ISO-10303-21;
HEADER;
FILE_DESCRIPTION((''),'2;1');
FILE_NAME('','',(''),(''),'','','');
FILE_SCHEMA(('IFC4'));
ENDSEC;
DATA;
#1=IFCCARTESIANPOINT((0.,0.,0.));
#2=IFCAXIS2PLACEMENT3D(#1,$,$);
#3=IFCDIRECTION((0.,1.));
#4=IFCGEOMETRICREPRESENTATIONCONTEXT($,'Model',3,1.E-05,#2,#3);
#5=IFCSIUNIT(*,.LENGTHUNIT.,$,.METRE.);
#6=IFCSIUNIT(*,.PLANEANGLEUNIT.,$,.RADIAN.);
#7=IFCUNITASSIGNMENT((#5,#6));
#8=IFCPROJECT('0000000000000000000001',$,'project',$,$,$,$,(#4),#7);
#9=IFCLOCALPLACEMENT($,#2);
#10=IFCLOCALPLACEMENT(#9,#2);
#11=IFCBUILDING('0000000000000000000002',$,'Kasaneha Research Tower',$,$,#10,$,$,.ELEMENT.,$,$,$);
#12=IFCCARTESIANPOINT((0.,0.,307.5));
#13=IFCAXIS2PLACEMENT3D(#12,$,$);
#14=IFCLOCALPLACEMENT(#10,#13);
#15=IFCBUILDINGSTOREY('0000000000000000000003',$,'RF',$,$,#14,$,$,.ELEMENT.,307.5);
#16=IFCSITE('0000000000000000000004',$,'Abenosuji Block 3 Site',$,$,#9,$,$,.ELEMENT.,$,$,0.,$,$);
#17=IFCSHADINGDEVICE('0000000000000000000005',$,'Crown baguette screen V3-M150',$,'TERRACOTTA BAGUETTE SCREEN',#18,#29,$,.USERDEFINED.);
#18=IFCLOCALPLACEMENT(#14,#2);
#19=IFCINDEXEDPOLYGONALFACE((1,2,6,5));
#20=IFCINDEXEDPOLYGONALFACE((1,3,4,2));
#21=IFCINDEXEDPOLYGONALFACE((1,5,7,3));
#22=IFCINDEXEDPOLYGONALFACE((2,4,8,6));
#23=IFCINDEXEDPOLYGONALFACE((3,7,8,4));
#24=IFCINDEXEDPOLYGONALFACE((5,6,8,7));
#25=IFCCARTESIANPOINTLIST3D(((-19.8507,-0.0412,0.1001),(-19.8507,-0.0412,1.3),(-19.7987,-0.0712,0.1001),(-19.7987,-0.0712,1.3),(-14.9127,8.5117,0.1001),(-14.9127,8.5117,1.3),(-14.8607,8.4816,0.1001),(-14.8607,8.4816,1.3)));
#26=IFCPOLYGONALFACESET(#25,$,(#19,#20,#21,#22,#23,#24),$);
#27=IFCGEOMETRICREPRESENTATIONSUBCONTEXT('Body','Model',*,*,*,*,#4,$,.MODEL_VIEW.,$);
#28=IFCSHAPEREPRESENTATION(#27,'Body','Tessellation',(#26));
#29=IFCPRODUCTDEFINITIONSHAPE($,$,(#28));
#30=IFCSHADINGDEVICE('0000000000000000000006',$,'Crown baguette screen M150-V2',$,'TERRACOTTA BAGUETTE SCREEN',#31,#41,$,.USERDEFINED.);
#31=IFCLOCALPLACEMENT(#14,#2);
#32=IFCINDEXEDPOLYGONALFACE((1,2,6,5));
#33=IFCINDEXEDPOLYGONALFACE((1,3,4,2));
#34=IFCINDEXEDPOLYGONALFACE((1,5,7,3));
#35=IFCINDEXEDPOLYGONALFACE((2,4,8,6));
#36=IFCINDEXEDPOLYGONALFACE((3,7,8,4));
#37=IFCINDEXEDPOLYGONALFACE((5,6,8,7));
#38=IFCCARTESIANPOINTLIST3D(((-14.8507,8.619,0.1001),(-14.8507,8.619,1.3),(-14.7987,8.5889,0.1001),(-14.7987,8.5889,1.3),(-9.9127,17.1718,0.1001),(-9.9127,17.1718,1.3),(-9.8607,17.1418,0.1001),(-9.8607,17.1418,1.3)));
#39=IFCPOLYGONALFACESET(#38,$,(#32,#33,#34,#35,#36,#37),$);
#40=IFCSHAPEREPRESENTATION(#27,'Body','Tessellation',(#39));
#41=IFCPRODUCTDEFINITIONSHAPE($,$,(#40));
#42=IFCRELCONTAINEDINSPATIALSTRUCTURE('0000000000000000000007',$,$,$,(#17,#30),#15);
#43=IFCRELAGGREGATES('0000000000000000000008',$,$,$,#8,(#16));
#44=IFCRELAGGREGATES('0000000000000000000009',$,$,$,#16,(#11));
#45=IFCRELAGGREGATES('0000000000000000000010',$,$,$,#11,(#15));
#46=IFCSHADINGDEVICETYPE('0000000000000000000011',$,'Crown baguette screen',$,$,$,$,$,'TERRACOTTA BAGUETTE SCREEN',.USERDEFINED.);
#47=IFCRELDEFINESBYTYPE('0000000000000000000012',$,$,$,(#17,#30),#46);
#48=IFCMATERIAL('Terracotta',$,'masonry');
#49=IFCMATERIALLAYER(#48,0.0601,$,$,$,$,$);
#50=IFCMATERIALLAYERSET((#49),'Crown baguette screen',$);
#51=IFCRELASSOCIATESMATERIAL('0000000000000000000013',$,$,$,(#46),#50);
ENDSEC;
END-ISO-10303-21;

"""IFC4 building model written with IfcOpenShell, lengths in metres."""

from ifc_helpers import new_model, si_unit, direction, frame, origin, origin_2d, place, context, subcontext, project, spatial, rectangle, extrude, material, layer, layer_set, type_object, element, save


model = new_model("IFC4")

# Units and contexts
model_context = context("Model", 3, precision=1e-05, world=origin(), true_north=direction((0.0, 1.0)))
body_context = subcontext(model_context, "Body", "Model", "MODEL_VIEW")
ifc_project = project(units=[si_unit("LENGTHUNIT", "METRE"), si_unit("PLANEANGLEUNIT", "RADIAN")], contexts=[model_context])

# Site, building, storey
site_placement = place(None, origin())
site = spatial("IfcSite", under=ifc_project, at=site_placement, Name="Abenosuji Block 3 Site", CompositionType="ELEMENT", RefElevation=0.0)
building_placement = place(site_placement, origin())
building = spatial("IfcBuilding", under=site, at=building_placement, Name="Kasaneha Research Tower", CompositionType="ELEMENT")
storey_placement = place(building_placement, frame((0.0, 0.0, 307.5)))
storey = spatial("IfcBuildingStorey", under=building, at=storey_placement, Name="RF", CompositionType="ELEMENT", Elevation=307.5)

# Shading devices
ifc_material_1 = material(Name="Terracotta", Category="masonry")
ifc_layer_1 = layer(ifc_material_1, 0.0601)
ifc_layer_set_1 = layer_set([ifc_layer_1], Name="Crown baguette screen")
shading_device_type = type_object("IfcShadingDeviceType", Name="Crown baguette screen", ElementType="TERRACOTTA BAGUETTE SCREEN", PredefinedType="USERDEFINED", material=ifc_layer_set_1)
for number, where, z_axis, x_axis, name in (
    (1, (-17.3557, 4.2202, 0.1001), (0.0, 0.0, 1.0), (0.5, 0.866025, 0.0), "Crown baguette screen V3-M150"),
    (2, (-12.3557, 12.8804, 0.1001), (0.0, 0.0, 1.0), (0.5, 0.866025, 0.0), "Crown baguette screen M150-V2"),
):
    element("IfcShadingDevice", number, at=place(storey_placement, frame(where, z_axis=z_axis, x_axis=x_axis)), inside=storey, type_object=shading_device_type, Name=name, ObjectType="TERRACOTTA BAGUETTE SCREEN", PredefinedType="USERDEFINED", context=body_context, shape_type="SweptSolid", body=[
        extrude(rectangle(XDim=9.876, YDim=0.0601, at=origin_2d()), origin(), (0.0, 0.0, 1.0), 1.2),
    ])

save(model, "model.ifc")
